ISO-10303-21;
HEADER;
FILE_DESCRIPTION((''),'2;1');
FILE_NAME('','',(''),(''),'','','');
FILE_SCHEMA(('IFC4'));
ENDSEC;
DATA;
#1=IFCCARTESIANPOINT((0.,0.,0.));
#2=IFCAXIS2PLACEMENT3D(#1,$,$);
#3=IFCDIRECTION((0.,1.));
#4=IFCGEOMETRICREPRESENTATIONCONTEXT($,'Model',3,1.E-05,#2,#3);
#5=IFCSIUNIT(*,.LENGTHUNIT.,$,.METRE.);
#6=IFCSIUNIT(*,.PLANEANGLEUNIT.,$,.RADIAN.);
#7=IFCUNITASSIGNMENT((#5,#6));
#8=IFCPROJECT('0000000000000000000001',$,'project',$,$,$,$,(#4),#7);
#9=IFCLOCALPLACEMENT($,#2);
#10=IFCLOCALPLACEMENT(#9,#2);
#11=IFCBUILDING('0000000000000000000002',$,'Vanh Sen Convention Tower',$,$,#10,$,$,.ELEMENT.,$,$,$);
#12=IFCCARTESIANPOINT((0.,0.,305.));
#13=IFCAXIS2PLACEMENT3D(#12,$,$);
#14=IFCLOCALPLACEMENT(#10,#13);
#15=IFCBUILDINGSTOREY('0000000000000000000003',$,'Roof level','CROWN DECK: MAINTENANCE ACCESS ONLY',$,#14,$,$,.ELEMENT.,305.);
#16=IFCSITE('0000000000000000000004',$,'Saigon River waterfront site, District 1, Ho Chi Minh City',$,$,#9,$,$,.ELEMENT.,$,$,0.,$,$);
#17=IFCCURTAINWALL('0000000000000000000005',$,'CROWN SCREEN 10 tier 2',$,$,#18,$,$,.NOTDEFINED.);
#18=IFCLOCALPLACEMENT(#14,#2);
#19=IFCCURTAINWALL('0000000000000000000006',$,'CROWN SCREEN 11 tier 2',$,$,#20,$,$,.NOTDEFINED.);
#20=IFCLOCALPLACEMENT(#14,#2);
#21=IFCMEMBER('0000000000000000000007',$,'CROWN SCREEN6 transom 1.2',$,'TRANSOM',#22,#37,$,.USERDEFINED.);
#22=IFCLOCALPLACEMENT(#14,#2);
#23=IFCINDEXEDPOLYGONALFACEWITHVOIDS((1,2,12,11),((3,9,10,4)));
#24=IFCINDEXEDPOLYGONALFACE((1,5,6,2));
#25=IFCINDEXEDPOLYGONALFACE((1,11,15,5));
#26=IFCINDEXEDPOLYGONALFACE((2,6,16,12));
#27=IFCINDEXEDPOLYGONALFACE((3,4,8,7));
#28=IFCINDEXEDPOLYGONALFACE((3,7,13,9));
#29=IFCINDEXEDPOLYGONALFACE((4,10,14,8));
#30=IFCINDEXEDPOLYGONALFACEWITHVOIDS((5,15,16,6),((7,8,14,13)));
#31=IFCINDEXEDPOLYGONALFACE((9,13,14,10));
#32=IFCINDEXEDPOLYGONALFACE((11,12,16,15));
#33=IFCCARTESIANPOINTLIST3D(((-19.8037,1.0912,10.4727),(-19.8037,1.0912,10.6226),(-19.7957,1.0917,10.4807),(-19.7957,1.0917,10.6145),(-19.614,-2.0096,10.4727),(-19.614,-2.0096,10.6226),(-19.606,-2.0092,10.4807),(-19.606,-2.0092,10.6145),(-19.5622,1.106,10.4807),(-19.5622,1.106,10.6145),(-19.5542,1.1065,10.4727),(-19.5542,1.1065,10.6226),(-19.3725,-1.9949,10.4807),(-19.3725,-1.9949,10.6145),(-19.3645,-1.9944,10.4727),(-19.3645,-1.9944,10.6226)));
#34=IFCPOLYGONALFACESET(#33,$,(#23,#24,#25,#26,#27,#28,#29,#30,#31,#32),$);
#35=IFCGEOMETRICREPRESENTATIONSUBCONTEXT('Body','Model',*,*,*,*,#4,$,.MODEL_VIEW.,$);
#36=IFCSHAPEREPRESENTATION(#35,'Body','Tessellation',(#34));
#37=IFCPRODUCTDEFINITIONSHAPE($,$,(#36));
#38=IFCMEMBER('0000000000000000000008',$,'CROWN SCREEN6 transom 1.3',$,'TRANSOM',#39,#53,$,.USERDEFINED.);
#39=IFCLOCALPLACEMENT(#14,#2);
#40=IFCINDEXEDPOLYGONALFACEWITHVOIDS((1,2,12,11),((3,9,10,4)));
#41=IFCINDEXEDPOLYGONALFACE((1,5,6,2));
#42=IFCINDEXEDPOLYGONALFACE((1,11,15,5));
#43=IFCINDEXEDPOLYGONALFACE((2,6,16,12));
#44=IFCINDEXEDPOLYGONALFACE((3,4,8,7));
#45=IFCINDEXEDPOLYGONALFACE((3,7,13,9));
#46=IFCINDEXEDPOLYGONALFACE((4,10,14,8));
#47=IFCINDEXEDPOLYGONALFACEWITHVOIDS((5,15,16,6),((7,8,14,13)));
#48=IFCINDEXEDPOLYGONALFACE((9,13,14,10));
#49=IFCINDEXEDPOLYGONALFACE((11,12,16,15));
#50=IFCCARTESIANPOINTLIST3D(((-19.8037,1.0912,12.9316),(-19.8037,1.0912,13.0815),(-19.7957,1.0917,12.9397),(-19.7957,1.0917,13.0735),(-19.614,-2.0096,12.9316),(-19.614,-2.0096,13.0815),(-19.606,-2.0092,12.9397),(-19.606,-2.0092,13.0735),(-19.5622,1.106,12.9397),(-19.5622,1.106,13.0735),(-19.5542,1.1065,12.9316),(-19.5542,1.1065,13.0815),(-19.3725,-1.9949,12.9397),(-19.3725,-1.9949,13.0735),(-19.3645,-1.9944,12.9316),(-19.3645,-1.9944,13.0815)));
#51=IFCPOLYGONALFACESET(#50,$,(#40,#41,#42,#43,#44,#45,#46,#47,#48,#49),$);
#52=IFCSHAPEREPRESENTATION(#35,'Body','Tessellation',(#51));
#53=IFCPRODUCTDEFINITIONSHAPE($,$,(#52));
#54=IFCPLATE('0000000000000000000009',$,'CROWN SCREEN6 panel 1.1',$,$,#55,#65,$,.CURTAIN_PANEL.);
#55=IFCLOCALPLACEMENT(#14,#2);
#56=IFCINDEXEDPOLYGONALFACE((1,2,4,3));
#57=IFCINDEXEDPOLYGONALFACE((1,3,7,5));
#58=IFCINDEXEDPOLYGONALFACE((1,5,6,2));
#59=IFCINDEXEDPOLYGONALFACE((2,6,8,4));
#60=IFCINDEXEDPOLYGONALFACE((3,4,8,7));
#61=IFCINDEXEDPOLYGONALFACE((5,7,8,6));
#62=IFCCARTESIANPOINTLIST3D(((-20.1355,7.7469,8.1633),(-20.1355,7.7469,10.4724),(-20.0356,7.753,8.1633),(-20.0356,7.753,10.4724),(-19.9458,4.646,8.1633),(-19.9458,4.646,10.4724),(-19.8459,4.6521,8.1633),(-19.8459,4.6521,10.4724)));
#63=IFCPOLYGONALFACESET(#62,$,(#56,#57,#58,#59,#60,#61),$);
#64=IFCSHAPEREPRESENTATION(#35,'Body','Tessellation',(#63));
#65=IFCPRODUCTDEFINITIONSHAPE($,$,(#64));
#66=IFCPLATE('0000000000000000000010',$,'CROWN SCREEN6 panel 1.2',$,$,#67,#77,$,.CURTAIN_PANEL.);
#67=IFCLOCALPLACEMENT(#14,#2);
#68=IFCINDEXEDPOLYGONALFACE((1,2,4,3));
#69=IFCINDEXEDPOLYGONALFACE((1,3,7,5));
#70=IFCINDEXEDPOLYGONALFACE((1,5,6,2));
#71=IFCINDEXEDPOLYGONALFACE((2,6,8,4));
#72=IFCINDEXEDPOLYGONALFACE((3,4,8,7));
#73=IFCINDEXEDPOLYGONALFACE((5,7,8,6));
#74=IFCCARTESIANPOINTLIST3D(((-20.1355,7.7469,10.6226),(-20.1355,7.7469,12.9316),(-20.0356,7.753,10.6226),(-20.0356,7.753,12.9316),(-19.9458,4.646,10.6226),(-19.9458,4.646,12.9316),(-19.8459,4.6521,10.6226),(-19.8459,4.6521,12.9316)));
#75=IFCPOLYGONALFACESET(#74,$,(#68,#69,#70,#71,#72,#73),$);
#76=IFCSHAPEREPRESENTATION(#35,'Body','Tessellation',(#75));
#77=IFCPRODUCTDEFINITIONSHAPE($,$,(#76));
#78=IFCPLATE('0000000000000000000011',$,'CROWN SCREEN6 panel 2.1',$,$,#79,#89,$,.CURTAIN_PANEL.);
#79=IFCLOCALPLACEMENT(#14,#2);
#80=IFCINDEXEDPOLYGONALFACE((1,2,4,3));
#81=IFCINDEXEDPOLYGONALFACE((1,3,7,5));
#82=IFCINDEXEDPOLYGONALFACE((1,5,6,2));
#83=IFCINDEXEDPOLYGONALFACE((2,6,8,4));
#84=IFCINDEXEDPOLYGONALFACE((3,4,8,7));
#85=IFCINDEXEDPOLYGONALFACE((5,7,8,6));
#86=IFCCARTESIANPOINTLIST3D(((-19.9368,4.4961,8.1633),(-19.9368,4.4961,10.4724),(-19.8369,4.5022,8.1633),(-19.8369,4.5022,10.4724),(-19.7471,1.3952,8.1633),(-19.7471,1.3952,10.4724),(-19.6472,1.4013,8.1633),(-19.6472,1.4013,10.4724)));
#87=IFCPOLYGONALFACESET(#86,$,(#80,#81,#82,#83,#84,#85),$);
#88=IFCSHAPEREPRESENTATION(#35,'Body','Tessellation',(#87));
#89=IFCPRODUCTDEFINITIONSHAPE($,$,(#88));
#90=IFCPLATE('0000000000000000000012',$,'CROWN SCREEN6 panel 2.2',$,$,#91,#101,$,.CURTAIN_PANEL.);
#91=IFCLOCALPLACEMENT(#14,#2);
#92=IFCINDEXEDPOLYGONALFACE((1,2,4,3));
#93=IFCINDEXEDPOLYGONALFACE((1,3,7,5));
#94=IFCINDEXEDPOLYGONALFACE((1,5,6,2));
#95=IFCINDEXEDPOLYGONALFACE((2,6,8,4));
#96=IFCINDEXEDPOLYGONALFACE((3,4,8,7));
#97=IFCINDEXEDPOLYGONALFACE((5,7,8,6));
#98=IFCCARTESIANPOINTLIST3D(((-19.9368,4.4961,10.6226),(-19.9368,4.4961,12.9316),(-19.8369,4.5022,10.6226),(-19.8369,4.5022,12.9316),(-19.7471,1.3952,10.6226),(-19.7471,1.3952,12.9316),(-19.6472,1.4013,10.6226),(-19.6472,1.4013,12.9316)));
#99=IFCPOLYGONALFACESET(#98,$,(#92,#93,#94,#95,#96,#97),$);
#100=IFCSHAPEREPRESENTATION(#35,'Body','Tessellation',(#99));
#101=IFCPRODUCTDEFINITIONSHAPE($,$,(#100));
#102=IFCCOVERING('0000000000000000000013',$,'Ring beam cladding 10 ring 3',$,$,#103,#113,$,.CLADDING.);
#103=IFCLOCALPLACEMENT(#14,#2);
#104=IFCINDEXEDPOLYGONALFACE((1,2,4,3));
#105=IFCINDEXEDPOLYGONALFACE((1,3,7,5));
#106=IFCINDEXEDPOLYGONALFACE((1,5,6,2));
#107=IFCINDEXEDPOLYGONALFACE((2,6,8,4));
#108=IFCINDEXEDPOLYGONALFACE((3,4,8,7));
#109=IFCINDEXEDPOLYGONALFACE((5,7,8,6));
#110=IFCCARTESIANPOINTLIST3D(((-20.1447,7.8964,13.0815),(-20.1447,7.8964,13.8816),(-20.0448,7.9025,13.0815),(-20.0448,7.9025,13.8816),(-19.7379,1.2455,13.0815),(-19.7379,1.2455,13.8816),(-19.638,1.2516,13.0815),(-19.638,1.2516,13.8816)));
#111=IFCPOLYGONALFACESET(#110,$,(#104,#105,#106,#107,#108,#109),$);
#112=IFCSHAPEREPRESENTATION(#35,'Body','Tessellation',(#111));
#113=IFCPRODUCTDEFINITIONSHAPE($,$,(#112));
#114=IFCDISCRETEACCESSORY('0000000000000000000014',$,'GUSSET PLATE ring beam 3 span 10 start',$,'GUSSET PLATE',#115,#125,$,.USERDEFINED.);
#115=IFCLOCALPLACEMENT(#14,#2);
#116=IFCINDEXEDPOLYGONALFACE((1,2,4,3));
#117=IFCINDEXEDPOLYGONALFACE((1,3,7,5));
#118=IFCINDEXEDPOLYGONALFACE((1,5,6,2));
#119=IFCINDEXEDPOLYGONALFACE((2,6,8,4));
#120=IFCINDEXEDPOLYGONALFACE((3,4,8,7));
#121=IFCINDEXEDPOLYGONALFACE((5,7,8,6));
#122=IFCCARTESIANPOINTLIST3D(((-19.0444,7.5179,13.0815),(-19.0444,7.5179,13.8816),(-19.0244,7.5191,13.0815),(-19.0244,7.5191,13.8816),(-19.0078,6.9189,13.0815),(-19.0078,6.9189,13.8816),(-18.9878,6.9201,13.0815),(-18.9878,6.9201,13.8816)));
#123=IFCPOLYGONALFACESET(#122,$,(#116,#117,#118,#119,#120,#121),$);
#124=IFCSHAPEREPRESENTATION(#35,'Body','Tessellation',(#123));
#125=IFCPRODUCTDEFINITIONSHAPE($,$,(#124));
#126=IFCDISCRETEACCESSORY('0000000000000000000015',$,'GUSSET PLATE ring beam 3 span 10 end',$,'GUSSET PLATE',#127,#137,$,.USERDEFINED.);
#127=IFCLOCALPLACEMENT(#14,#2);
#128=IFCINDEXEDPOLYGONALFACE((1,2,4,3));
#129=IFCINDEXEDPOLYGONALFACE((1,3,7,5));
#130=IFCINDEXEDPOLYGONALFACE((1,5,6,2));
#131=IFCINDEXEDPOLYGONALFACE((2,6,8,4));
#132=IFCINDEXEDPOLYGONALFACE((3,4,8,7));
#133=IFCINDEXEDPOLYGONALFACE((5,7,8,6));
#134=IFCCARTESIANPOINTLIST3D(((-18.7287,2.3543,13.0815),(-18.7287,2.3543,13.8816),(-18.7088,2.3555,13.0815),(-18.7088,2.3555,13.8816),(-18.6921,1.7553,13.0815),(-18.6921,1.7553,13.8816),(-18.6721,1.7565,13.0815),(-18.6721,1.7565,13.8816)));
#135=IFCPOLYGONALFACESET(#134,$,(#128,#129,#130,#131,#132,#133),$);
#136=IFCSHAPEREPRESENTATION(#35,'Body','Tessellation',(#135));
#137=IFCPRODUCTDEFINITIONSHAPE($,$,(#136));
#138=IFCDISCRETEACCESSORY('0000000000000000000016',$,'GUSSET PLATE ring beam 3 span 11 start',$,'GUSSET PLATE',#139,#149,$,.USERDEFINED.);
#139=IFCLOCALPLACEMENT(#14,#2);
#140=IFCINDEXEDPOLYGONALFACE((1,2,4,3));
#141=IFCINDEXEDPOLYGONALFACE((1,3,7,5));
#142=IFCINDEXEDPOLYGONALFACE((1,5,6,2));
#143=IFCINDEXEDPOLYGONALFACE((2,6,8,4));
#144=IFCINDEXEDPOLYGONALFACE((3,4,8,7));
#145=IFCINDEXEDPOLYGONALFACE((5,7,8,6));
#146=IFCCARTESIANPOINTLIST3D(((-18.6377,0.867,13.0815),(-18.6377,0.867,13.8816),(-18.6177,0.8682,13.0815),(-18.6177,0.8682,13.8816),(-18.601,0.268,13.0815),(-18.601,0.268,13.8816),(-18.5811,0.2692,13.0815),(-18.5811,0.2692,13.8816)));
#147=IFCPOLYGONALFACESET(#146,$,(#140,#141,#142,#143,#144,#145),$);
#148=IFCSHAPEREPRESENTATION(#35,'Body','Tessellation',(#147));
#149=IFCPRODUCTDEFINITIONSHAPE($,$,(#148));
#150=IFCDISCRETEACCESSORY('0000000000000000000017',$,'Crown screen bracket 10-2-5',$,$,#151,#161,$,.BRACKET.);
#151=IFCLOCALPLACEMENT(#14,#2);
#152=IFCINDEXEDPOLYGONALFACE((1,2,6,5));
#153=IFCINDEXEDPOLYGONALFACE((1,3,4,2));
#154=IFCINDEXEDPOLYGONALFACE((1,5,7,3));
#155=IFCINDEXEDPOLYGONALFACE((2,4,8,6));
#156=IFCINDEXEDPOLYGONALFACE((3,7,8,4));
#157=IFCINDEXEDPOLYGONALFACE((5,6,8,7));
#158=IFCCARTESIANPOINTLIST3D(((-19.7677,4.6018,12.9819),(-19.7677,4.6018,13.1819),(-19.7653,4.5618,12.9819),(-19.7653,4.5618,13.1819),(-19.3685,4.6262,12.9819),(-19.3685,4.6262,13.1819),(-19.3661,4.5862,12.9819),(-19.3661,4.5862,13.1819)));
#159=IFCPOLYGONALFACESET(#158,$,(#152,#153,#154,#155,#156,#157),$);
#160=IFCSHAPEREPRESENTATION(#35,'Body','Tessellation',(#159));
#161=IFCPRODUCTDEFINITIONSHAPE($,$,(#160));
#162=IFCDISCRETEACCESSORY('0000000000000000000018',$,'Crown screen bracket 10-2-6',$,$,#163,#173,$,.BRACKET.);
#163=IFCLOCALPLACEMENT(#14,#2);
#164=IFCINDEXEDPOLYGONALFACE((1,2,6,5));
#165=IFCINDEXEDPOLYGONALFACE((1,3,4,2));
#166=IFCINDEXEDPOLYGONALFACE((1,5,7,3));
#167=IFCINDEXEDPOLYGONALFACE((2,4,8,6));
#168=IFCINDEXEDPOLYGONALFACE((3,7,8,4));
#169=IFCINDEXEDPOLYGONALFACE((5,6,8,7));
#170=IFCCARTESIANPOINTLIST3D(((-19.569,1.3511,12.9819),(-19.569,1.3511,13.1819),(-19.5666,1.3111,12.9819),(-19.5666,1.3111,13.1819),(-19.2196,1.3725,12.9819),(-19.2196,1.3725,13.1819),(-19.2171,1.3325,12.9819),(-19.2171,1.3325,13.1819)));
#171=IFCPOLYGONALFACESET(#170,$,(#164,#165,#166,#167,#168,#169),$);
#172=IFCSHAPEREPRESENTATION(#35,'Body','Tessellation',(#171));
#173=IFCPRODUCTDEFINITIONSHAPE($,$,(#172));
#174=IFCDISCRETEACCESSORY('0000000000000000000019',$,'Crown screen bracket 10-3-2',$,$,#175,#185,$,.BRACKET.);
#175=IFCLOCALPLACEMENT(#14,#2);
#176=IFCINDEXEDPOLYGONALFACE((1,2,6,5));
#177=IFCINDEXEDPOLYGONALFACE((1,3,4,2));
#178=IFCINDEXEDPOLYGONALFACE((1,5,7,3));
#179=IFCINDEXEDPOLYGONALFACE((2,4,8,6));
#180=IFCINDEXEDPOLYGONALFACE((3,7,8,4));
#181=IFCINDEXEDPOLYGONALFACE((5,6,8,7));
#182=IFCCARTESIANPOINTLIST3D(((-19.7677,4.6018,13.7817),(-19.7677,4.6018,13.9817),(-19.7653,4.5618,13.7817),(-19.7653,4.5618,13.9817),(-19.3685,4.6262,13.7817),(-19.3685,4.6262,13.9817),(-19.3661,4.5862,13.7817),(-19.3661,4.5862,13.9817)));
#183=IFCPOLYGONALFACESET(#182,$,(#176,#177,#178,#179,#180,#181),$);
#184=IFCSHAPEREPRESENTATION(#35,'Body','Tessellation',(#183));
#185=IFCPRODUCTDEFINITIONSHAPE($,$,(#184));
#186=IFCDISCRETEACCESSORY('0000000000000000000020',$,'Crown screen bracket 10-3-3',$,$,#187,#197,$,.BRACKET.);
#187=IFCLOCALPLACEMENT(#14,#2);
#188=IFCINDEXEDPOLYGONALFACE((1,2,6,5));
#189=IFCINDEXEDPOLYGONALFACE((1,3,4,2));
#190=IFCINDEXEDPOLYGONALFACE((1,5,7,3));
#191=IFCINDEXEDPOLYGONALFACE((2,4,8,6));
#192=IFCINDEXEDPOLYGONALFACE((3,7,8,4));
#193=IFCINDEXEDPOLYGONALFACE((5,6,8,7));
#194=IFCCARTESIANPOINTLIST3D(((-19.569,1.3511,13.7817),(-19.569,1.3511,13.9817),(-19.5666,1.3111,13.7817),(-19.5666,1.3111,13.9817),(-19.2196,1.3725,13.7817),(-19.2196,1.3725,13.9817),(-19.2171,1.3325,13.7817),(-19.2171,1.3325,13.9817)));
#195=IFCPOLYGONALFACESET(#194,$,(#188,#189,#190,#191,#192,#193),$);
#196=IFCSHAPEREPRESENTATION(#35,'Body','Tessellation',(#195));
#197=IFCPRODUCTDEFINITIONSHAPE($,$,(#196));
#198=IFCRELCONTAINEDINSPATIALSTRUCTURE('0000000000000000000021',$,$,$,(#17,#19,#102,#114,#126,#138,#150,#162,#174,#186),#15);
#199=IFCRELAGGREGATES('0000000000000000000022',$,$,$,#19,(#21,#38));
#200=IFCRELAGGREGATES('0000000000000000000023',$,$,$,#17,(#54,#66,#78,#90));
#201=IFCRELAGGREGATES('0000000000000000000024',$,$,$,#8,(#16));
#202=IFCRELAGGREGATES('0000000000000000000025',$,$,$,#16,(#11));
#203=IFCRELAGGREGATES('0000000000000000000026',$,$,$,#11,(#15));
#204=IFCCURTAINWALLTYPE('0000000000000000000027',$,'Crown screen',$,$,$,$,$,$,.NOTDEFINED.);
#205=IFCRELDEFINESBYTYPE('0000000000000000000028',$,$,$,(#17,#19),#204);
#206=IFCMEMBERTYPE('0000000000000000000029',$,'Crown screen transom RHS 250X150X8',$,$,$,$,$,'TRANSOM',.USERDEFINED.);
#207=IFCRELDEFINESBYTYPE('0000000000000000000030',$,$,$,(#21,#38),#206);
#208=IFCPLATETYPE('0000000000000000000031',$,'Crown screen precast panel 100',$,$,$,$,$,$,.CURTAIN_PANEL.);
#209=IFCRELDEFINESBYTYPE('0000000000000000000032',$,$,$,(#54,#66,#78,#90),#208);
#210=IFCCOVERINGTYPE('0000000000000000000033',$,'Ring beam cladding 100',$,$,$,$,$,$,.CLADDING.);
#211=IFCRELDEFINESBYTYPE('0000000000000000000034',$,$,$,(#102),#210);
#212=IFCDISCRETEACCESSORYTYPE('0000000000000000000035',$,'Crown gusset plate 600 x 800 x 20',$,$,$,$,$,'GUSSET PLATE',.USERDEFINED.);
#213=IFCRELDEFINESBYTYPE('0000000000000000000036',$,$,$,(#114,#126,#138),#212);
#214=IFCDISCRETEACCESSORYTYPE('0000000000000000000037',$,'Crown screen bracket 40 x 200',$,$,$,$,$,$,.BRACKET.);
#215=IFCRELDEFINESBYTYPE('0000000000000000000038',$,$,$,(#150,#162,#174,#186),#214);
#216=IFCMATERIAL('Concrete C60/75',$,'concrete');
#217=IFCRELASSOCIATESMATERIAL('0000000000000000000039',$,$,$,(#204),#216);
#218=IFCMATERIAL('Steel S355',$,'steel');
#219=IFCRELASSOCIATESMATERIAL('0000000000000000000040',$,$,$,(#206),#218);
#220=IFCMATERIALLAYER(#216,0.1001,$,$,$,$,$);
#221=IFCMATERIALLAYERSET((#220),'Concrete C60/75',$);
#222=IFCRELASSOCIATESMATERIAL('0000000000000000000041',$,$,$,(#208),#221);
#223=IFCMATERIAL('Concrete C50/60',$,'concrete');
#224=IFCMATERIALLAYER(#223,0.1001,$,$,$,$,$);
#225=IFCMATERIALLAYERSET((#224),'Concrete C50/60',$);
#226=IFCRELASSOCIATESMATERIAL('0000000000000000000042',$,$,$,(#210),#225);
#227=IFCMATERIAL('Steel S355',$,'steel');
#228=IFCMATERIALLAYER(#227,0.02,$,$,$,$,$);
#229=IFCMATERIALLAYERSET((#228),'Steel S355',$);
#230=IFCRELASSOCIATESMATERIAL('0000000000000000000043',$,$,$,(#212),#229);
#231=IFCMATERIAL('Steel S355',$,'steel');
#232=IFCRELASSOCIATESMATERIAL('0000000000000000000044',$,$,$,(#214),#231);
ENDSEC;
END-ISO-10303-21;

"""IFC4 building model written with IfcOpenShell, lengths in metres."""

from ifc_helpers import new_model, si_unit, direction, frame, origin, origin_2d, place, context, subcontext, project, spatial, rectangle, hollow_rectangle, extrude, material, layer, layer_set, material_profile, profile_set, type_object, element, aggregate, save


model = new_model("IFC4")

# Units and contexts
model_context = context("Model", 3, precision=1e-05, world=origin(), true_north=direction((0.0, 1.0)))
body_context = subcontext(model_context, "Body", "Model", "MODEL_VIEW")
ifc_project = project(units=[si_unit("LENGTHUNIT", "METRE"), si_unit("PLANEANGLEUNIT", "RADIAN")], contexts=[model_context])

# Site, building, storey
site_placement = place(None, origin())
site = spatial("IfcSite", under=ifc_project, at=site_placement, Name="Saigon River waterfront site, District 1, Ho Chi Minh City", CompositionType="ELEMENT", RefElevation=0.0)
building_placement = place(site_placement, origin())
building = spatial("IfcBuilding", under=site, at=building_placement, Name="Vanh Sen Convention Tower", CompositionType="ELEMENT")
storey_placement = place(building_placement, frame((0.0, 0.0, 305.0)))
storey = spatial("IfcBuildingStorey", under=building, at=storey_placement, Name="Roof level", Description="CROWN DECK: MAINTENANCE ACCESS ONLY", CompositionType="ELEMENT", Elevation=305.0)

# Curtain walls
ifc_material_1 = material(Name="Concrete C60/75", Category="concrete")
curtain_wall_type = type_object("IfcCurtainWallType", Name="Crown screen", PredefinedType="NOTDEFINED", material=ifc_material_1)
curtain_wall_1_placement = place(storey_placement, origin())
curtain_wall_1 = element("IfcCurtainWall", 1, at=curtain_wall_1_placement, inside=storey, type_object=curtain_wall_type, Name="CROWN SCREEN 10 tier 2", PredefinedType="NOTDEFINED")
ifc_material_2 = material(Name="Steel S355", Category="steel")
curtain_wall_2_placement = place(storey_placement, origin())
curtain_wall_2 = element("IfcCurtainWall", 2, at=curtain_wall_2_placement, inside=storey, type_object=curtain_wall_type, Name="CROWN SCREEN 11 tier 2", PredefinedType="NOTDEFINED")

# Members
ifc_material_profile_1 = material_profile(ifc_material_2, hollow_rectangle(XDim=0.25, YDim=0.1499, WallThickness=0.0081, at=origin_2d()), Name="RHS 250X150X8")
ifc_profile_set_1 = profile_set([ifc_material_profile_1], Name="Steel S355")
member_type_1 = type_object("IfcMemberType", Name="Crown screen transom RHS 250X150X8", ElementType="TRANSOM", PredefinedType="USERDEFINED", material=ifc_profile_set_1)
member_1_placement = place(storey_placement, frame((-19.679, 1.0989, 10.5476), z_axis=(0.061062, -0.998134, 0.0), x_axis=(0.998134, 0.061062, 0.0)))
member_1 = element("IfcMember", 3, at=member_1_placement, type_object=member_type_1, Name="CROWN SCREEN6 transom 1.2", ObjectType="TRANSOM", PredefinedType="USERDEFINED", context=body_context, shape_type="SweptSolid", body=[
    extrude(hollow_rectangle(XDim=0.25, YDim=0.1499, WallThickness=0.0081, at=origin_2d()), origin(), (0.0, 0.0, 1.0), 3.1067),
])
member_2_placement = place(storey_placement, frame((-19.679, 1.0989, 13.0066), z_axis=(0.061062, -0.998134, 0.0), x_axis=(0.998134, 0.061062, 0.0)))
member_2 = element("IfcMember", 4, at=member_2_placement, type_object=member_type_1, Name="CROWN SCREEN6 transom 1.3", ObjectType="TRANSOM", PredefinedType="USERDEFINED", context=body_context, shape_type="SweptSolid", body=[
    extrude(hollow_rectangle(XDim=0.25, YDim=0.1499, WallThickness=0.0081, at=origin_2d()), origin(), (0.0, 0.0, 1.0), 3.1067),
])
aggregate(curtain_wall_2, [member_1, member_2])

# Plates
ifc_layer_1 = layer(ifc_material_1, 0.1001)
ifc_layer_set_1 = layer_set([ifc_layer_1], Name="Concrete C60/75")
plate_type = type_object("IfcPlateType", Name="Crown screen precast panel 100", PredefinedType="CURTAIN_PANEL", material=ifc_layer_set_1)
plate_1_placement = place(storey_placement, frame((-19.9907, 6.1995, 8.1633), z_axis=(0.0, 0.0, 1.0), x_axis=(0.061051, -0.998135, 0.0)))
plate_1 = element("IfcPlate", 5, at=plate_1_placement, type_object=plate_type, Name="CROWN SCREEN6 panel 1.1", PredefinedType="CURTAIN_PANEL", context=body_context, shape_type="SweptSolid", body=[
    extrude(rectangle(XDim=3.1067, YDim=0.1001, at=origin_2d()), origin(), (0.0, 0.0, 1.0), 2.3091),
])
plate_2_placement = place(storey_placement, frame((-19.9907, 6.1995, 10.6226), z_axis=(0.0, 0.0, 1.0), x_axis=(0.061051, -0.998135, 0.0)))
plate_2 = element("IfcPlate", 6, at=plate_2_placement, type_object=plate_type, Name="CROWN SCREEN6 panel 1.2", PredefinedType="CURTAIN_PANEL", context=body_context, shape_type="SweptSolid", body=[
    extrude(rectangle(XDim=3.1067, YDim=0.1001, at=origin_2d()), origin(), (0.0, 0.0, 1.0), 2.3091),
])
plate_3_placement = place(storey_placement, frame((-19.792, 2.9487, 8.1633), z_axis=(0.0, 0.0, 1.0), x_axis=(0.061051, -0.998135, 0.0)))
plate_3 = element("IfcPlate", 7, at=plate_3_placement, type_object=plate_type, Name="CROWN SCREEN6 panel 2.1", PredefinedType="CURTAIN_PANEL", context=body_context, shape_type="SweptSolid", body=[
    extrude(rectangle(XDim=3.1067, YDim=0.1001, at=origin_2d()), origin(), (0.0, 0.0, 1.0), 2.3091),
])
plate_4_placement = place(storey_placement, frame((-19.792, 2.9487, 10.6226), z_axis=(0.0, 0.0, 1.0), x_axis=(0.061051, -0.998135, 0.0)))
plate_4 = element("IfcPlate", 8, at=plate_4_placement, type_object=plate_type, Name="CROWN SCREEN6 panel 2.2", PredefinedType="CURTAIN_PANEL", context=body_context, shape_type="SweptSolid", body=[
    extrude(rectangle(XDim=3.1067, YDim=0.1001, at=origin_2d()), origin(), (0.0, 0.0, 1.0), 2.3091),
])
aggregate(curtain_wall_1, [plate_1, plate_2, plate_3, plate_4])

# Covering
ifc_material_3 = material(Name="Concrete C50/60", Category="concrete")
ifc_layer_2 = layer(ifc_material_3, 0.1001)
ifc_layer_set_2 = layer_set([ifc_layer_2], Name="Concrete C50/60")
covering_type = type_object("IfcCoveringType", Name="Ring beam cladding 100", PredefinedType="CLADDING", material=ifc_layer_set_2)
covering_placement = place(storey_placement, frame((-19.8914, 4.574, 13.0815), z_axis=(0.0, 0.0, 1.0), x_axis=(0.06105, -0.998135, 0.0)))
element("IfcCovering", 9, at=covering_placement, inside=storey, type_object=covering_type, Name="Ring beam cladding 10 ring 3", PredefinedType="CLADDING", context=body_context, shape_type="SweptSolid", body=[
    extrude(rectangle(XDim=6.6633, YDim=0.1001, at=origin_2d()), origin(), (0.0, 0.0, 1.0), 0.8),
])

# Discrete accessories
ifc_material_4 = material(Name="Steel S355", Category="steel")
ifc_layer_3 = layer(ifc_material_4, 0.02)
ifc_layer_set_3 = layer_set([ifc_layer_3], Name="Steel S355")
discrete_accessory_type_1 = type_object("IfcDiscreteAccessoryType", Name="Crown gusset plate 600 x 800 x 20", ElementType="GUSSET PLATE", PredefinedType="USERDEFINED", material=ifc_layer_set_3)
for number, where, z_axis, x_axis, name in (
    (10, (-19.0161, 7.219, 13.0815), (0.0, 0.0, 1.0), (0.06105, -0.998135, 0.0), "GUSSET PLATE ring beam 3 span 10 start"),
    (11, (-18.7004, 2.0554, 13.0815), (0.0, 0.0, 1.0), (-0.06105, 0.998135, 0.0), "GUSSET PLATE ring beam 3 span 10 end"),
    (12, (-18.6094, 0.5681, 13.0815), (0.0, 0.0, 1.0), (0.061052, -0.998135, 0.0), "GUSSET PLATE ring beam 3 span 11 start"),
):
    element("IfcDiscreteAccessory", number, at=place(storey_placement, frame(where, z_axis=z_axis, x_axis=x_axis)), inside=storey, type_object=discrete_accessory_type_1, Name=name, ObjectType="GUSSET PLATE", PredefinedType="USERDEFINED", context=body_context, shape_type="SweptSolid", body=[
        extrude(rectangle(XDim=0.6001, YDim=0.02, at=origin_2d()), origin(), (0.0, 0.0, 1.0), 0.8),
    ])
ifc_material_5 = material(Name="Steel S355", Category="steel")
discrete_accessory_type_2 = type_object("IfcDiscreteAccessoryType", Name="Crown screen bracket 40 x 200", PredefinedType="BRACKET", material=ifc_material_5)
discrete_accessory_1_placement = place(storey_placement, frame((-19.5669, 4.594, 12.9819), z_axis=(0.0, 0.0, 1.0), x_axis=(-0.998135, -0.06105, 0.0)))
element("IfcDiscreteAccessory", 13, at=discrete_accessory_1_placement, inside=storey, type_object=discrete_accessory_type_2, Name="Crown screen bracket 10-2-5", PredefinedType="BRACKET", context=body_context, shape_type="SweptSolid", body=[
    extrude(rectangle(XDim=0.3999, YDim=0.04, at=origin_2d()), origin(), (0.0, 0.0, 1.0), 0.2),
])
discrete_accessory_2_placement = place(storey_placement, frame((-19.3931, 1.3418, 12.9819), z_axis=(0.0, 0.0, 1.0), x_axis=(-0.998135, -0.06105, 0.0)))
element("IfcDiscreteAccessory", 14, at=discrete_accessory_2_placement, inside=storey, type_object=discrete_accessory_type_2, Name="Crown screen bracket 10-2-6", PredefinedType="BRACKET", context=body_context, shape_type="SweptSolid", body=[
    extrude(rectangle(XDim=0.3501, YDim=0.04, at=origin_2d()), origin(), (0.0, 0.0, 1.0), 0.2),
])
discrete_accessory_3_placement = place(storey_placement, frame((-19.5669, 4.594, 13.7817), z_axis=(0.0, 0.0, 1.0), x_axis=(-0.998135, -0.06105, 0.0)))
element("IfcDiscreteAccessory", 15, at=discrete_accessory_3_placement, inside=storey, type_object=discrete_accessory_type_2, Name="Crown screen bracket 10-3-2", PredefinedType="BRACKET", context=body_context, shape_type="SweptSolid", body=[
    extrude(rectangle(XDim=0.3999, YDim=0.04, at=origin_2d()), origin(), (0.0, 0.0, 1.0), 0.2),
])
for number, where, z_axis, x_axis, name in (
    (16, (-19.3931, 1.3418, 13.7817), (0.0, 0.0, 1.0), (-0.998135, -0.06105, 0.0), "Crown screen bracket 10-3-3"),
):
    element("IfcDiscreteAccessory", number, at=place(storey_placement, frame(where, z_axis=z_axis, x_axis=x_axis)), inside=storey, type_object=discrete_accessory_type_2, Name=name, PredefinedType="BRACKET", context=body_context, shape_type="SweptSolid", body=[
        extrude(rectangle(XDim=0.3501, YDim=0.04, at=origin_2d()), origin(), (0.0, 0.0, 1.0), 0.2),
    ])

save(model, "model.ifc")
